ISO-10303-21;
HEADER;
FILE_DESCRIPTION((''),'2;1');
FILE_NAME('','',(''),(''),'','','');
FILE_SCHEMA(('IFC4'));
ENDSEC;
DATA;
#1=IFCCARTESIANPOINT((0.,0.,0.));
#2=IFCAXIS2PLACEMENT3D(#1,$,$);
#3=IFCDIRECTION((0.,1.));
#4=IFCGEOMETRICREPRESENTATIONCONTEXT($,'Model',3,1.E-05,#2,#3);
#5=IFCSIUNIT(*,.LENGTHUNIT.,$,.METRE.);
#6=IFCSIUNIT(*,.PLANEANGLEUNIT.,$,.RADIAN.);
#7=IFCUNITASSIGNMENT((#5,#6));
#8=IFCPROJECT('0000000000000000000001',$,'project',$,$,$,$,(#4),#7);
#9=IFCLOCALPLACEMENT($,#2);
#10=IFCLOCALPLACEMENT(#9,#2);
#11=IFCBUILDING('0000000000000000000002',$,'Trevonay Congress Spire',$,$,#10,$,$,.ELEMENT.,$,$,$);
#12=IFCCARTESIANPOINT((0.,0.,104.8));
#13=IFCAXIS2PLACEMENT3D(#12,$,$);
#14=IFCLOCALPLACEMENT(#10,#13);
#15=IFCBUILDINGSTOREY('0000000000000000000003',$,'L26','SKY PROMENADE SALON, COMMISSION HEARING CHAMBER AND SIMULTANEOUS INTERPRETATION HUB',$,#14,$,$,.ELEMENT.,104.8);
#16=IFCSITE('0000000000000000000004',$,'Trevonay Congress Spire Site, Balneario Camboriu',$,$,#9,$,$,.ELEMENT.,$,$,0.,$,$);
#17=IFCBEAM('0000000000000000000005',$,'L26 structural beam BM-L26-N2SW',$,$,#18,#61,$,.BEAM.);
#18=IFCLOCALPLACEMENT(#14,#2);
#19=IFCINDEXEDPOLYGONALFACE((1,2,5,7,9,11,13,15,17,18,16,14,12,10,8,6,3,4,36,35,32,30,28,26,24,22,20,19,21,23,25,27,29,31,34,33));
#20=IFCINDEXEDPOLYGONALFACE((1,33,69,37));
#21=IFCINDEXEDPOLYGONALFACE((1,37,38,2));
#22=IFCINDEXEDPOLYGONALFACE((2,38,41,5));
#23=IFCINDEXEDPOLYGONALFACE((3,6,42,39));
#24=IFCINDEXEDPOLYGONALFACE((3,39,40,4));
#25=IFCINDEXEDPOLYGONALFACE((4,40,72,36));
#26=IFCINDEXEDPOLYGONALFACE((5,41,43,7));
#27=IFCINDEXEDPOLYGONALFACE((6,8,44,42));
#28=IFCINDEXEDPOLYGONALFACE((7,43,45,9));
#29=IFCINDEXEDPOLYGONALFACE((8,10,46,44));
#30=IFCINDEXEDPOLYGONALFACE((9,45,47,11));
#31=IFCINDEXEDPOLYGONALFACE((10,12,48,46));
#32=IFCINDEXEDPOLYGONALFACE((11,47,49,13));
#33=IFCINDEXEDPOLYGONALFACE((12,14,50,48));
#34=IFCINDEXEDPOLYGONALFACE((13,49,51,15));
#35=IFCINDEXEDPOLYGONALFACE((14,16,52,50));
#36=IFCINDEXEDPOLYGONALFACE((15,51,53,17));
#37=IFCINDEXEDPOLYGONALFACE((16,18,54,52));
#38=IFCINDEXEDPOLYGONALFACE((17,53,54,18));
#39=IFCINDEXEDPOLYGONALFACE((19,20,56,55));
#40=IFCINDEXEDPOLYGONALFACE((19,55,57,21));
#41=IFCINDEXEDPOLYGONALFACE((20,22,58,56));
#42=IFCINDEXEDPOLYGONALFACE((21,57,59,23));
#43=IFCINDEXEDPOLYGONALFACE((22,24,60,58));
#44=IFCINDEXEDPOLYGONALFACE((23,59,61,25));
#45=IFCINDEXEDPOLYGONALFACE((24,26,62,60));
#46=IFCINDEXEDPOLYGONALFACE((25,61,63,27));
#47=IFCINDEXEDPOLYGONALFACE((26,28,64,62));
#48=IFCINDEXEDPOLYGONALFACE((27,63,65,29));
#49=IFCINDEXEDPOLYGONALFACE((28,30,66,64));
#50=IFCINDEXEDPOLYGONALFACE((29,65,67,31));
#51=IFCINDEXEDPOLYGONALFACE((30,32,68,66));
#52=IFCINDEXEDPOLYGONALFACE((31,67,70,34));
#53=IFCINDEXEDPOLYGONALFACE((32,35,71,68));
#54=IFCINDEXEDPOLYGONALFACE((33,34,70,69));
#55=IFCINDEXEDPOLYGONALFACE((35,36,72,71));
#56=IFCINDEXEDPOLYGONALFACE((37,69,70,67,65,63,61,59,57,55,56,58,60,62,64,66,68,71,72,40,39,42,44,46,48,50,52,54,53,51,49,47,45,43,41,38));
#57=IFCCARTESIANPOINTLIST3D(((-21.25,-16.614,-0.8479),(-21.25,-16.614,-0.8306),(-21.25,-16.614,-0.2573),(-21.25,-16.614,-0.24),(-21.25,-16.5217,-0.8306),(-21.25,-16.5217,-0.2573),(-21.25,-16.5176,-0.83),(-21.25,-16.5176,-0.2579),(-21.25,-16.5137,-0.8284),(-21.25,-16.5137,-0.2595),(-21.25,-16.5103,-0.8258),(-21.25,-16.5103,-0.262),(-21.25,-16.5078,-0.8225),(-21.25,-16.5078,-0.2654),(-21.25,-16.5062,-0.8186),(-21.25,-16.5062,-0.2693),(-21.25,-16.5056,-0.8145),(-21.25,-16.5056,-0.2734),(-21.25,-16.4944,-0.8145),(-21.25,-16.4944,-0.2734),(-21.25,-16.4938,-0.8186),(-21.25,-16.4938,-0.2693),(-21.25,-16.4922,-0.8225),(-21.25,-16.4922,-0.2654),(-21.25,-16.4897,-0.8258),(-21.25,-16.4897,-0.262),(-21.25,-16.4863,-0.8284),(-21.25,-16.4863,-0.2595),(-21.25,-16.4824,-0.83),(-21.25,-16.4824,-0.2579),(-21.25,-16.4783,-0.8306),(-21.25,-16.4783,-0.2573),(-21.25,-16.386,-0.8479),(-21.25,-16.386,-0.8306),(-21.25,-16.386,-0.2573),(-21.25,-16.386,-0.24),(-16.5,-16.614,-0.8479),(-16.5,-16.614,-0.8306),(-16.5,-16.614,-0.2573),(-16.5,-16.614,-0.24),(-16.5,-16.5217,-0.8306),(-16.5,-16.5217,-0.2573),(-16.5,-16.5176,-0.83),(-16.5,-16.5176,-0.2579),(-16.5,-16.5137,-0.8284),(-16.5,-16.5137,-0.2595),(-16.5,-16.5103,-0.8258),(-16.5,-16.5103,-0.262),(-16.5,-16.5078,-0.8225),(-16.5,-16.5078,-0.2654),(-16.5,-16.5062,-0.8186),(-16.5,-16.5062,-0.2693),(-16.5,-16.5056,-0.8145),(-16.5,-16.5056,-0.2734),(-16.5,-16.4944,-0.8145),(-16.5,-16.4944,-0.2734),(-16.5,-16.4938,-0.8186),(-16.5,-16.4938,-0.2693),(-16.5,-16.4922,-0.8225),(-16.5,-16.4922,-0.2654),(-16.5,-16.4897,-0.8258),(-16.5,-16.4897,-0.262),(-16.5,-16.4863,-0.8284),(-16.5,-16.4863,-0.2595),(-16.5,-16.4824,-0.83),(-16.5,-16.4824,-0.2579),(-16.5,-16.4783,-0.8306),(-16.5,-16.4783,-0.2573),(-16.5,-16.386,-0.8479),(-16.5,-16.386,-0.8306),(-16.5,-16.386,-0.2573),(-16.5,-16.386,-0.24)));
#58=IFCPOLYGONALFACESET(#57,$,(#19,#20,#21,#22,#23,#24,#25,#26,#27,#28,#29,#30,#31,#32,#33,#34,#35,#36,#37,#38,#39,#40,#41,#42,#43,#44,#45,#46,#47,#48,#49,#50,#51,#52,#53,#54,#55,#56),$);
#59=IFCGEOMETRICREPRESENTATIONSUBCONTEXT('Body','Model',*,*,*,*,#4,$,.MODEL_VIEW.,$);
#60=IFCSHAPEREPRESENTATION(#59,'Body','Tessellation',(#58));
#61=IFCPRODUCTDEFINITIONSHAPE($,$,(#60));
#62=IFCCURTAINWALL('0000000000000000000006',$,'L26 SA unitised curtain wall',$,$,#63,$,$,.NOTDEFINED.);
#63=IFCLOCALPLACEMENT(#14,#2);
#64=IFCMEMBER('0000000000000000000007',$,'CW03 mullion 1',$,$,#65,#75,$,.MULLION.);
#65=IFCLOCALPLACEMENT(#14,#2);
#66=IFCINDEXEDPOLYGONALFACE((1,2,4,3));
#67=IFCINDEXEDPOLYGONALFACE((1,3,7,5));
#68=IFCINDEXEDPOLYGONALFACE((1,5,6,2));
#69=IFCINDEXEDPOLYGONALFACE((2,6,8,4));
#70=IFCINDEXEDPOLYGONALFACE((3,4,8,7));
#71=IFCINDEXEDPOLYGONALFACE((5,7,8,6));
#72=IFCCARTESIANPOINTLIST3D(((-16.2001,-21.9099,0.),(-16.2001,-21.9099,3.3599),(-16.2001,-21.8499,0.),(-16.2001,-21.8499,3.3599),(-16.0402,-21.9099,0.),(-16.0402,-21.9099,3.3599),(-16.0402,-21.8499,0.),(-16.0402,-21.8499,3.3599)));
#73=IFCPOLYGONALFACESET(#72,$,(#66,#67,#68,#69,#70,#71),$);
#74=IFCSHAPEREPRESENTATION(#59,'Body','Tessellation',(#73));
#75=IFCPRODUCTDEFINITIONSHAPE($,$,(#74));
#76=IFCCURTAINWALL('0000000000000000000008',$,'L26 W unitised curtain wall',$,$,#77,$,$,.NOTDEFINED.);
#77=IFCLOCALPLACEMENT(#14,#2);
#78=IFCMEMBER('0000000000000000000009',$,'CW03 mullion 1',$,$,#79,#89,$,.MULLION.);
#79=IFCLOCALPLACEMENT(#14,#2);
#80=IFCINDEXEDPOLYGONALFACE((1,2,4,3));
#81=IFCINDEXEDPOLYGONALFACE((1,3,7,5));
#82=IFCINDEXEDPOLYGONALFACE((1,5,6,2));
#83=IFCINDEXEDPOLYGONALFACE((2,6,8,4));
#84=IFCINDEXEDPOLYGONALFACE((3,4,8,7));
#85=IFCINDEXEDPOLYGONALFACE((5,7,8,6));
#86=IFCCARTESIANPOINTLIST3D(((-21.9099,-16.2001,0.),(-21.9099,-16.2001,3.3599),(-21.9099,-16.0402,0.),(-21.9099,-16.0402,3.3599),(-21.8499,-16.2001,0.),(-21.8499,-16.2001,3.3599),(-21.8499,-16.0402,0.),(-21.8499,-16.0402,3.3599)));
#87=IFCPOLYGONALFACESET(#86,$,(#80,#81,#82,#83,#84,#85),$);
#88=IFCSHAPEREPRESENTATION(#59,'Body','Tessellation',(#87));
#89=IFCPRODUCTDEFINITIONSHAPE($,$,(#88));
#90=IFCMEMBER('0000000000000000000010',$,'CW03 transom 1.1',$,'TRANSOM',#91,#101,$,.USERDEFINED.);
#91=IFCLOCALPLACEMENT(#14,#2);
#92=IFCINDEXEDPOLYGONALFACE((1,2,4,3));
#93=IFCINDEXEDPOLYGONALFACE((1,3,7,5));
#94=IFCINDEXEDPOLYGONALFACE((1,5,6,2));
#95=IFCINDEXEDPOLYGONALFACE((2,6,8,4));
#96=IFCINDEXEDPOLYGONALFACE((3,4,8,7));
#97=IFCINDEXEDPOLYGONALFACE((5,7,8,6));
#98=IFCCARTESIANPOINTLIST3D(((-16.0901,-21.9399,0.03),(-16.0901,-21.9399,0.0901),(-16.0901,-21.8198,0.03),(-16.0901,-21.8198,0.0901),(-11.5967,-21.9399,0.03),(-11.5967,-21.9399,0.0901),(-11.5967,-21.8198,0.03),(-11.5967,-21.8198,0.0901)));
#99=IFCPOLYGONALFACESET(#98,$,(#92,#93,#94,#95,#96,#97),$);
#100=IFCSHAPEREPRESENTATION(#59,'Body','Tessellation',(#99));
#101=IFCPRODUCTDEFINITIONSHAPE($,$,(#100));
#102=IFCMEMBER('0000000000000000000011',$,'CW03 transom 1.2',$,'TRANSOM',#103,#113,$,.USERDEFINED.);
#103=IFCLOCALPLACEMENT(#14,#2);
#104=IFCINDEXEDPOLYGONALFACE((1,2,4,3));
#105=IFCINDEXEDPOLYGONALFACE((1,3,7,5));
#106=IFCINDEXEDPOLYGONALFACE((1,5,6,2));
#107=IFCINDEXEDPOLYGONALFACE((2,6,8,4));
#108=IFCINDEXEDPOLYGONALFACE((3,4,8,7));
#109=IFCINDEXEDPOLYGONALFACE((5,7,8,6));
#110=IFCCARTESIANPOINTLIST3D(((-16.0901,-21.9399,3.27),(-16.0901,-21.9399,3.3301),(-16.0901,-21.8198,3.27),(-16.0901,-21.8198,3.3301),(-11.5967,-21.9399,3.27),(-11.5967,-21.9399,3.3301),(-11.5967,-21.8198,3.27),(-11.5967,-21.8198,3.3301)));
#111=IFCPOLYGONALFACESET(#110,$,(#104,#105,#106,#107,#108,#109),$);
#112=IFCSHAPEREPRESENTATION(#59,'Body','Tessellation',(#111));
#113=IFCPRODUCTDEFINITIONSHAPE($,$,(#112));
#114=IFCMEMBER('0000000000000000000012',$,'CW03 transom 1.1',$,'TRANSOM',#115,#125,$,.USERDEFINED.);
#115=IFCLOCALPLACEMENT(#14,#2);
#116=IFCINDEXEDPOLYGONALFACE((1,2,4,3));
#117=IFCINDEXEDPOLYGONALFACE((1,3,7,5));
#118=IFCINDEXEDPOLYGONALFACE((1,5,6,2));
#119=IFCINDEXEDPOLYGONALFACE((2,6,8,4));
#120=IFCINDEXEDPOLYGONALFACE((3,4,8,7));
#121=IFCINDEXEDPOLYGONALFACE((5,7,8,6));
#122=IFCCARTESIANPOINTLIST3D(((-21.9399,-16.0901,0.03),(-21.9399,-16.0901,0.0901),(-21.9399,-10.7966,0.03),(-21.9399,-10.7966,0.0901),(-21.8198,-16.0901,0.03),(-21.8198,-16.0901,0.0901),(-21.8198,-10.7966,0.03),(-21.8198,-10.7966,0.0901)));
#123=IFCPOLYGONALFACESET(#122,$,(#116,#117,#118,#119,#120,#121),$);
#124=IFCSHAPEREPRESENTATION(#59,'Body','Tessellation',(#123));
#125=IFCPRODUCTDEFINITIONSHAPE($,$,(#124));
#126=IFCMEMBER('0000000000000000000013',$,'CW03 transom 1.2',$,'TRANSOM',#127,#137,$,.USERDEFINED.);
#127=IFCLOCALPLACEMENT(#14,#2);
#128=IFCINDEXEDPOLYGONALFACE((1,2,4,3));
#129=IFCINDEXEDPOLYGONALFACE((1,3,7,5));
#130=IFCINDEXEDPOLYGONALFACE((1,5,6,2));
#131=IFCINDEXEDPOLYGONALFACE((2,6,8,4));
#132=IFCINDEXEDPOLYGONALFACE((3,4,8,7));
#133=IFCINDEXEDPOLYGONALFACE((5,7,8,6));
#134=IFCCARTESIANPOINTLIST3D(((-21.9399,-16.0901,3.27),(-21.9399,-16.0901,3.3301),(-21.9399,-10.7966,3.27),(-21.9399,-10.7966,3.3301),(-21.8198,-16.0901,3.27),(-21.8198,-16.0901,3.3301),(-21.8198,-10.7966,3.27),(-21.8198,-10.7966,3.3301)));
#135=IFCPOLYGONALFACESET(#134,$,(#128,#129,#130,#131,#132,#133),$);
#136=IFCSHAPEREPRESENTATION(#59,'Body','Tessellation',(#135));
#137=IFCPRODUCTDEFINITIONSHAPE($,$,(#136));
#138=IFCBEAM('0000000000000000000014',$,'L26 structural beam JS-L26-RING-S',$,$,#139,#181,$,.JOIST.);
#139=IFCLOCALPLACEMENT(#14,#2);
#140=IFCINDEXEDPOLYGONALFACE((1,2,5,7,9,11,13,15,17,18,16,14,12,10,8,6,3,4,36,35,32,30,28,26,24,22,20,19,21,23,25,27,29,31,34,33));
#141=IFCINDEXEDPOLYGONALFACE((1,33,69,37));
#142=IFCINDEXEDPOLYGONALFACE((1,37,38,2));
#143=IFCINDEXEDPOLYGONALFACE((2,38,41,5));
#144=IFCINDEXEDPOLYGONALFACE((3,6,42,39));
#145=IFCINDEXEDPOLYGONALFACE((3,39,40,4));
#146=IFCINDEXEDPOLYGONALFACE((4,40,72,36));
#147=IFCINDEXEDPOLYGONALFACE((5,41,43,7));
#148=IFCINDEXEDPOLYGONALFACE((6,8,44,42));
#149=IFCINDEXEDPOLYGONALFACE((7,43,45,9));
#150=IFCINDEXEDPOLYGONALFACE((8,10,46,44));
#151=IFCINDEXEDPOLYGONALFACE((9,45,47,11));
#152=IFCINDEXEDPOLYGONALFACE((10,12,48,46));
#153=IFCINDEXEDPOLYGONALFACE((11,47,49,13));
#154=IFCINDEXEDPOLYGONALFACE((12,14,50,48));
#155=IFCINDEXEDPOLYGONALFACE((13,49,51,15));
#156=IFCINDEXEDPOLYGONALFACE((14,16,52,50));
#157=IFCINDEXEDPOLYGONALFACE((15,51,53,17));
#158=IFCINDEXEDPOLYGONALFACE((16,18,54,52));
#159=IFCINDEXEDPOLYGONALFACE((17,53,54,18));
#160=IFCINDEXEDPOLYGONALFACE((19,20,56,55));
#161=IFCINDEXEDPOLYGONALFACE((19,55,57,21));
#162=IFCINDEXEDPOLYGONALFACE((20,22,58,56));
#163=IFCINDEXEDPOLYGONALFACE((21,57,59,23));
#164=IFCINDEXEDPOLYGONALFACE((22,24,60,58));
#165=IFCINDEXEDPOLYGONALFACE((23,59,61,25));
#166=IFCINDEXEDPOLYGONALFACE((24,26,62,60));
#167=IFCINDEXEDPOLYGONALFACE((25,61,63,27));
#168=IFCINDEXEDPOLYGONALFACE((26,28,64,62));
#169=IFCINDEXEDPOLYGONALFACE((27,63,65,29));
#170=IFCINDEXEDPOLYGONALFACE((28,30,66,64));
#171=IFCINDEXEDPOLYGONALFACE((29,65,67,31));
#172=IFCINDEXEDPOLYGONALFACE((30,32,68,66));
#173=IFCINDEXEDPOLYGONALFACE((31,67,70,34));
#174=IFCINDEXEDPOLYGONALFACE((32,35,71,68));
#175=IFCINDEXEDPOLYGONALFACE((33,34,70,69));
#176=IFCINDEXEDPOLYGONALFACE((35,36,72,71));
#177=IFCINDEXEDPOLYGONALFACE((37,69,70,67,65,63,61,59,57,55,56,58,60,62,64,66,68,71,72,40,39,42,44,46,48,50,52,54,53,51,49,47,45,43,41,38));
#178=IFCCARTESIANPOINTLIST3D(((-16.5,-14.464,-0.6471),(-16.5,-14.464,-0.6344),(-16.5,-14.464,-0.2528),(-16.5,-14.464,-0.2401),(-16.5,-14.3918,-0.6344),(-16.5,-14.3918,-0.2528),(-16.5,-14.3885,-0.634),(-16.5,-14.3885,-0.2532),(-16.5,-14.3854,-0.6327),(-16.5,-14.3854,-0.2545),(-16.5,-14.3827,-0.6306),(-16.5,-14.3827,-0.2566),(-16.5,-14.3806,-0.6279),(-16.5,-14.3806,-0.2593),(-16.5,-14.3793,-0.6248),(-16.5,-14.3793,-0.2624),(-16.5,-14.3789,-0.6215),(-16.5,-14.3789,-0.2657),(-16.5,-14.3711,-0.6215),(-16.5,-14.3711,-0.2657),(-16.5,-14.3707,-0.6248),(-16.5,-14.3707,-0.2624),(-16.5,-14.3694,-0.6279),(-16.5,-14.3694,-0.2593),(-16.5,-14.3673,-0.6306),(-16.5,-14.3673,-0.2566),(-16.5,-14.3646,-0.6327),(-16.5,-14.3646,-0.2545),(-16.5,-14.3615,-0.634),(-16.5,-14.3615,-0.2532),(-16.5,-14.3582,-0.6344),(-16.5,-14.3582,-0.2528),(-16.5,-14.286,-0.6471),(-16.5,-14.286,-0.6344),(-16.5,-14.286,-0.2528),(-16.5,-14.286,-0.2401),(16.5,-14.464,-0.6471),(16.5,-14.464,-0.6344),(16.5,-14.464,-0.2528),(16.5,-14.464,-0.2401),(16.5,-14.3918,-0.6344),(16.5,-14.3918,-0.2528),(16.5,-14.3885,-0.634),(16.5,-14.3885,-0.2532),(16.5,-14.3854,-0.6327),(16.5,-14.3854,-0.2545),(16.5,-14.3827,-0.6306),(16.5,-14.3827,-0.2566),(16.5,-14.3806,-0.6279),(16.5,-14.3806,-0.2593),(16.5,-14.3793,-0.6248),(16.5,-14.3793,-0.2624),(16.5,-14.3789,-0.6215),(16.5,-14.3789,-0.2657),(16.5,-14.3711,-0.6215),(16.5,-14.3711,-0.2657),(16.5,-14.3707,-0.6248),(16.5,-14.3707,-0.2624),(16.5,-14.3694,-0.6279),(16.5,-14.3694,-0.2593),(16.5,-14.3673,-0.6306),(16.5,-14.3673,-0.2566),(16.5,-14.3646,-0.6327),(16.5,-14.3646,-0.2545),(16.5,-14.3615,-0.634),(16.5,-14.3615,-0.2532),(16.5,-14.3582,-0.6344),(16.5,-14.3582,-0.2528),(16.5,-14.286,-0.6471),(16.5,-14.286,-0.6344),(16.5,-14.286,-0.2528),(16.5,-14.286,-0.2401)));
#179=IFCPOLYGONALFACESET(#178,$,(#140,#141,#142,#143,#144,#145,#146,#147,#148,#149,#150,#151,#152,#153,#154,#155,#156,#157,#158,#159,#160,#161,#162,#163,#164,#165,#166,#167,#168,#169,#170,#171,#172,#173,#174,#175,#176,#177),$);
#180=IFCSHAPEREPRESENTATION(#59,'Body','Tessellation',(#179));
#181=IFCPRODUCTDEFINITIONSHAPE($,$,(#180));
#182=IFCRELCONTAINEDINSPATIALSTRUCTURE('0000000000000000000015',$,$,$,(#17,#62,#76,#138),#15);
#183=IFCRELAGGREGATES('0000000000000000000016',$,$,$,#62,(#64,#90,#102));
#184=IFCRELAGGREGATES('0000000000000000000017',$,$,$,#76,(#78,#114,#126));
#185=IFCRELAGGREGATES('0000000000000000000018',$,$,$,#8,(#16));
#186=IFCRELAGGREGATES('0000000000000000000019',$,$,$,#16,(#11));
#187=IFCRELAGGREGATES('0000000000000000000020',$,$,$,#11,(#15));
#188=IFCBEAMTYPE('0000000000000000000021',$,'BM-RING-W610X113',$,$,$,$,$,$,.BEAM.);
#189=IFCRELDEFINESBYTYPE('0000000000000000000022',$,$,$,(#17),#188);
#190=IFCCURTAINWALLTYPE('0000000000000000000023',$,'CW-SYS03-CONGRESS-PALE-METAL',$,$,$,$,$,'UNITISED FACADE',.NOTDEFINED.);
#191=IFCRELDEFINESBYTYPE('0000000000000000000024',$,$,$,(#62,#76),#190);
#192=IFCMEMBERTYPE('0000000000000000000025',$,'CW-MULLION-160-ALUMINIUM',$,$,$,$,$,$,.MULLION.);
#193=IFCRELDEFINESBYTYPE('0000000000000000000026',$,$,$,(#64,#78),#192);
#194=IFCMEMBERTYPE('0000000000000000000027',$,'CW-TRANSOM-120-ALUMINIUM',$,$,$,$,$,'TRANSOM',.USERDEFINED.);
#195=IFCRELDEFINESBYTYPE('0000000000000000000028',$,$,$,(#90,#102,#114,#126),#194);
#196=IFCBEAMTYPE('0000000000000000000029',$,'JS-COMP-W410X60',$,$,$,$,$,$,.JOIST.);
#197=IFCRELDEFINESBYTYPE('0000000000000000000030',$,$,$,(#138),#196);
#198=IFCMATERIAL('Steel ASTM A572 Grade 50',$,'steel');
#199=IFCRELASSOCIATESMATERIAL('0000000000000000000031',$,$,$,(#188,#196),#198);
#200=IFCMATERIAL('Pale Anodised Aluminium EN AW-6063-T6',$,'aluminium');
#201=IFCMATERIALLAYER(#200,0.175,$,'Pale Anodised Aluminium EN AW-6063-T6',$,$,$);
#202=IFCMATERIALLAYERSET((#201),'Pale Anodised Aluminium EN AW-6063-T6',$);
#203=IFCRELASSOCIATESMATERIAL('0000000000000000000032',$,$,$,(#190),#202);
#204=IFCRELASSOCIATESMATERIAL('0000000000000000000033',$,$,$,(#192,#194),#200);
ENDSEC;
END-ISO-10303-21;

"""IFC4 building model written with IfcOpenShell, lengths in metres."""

from ifc_helpers import new_model, si_unit, direction, frame, origin, origin_2d, place, context, subcontext, project, spatial, rectangle, i_section, extrude, material, layer, layer_set, material_profile, profile_set, type_object, element, aggregate, save


model = new_model("IFC4")

# Units and contexts
model_context = context("Model", 3, precision=1e-05, world=origin(), true_north=direction((0.0, 1.0)))
body_context = subcontext(model_context, "Body", "Model", "MODEL_VIEW")
ifc_project = project(units=[si_unit("LENGTHUNIT", "METRE"), si_unit("PLANEANGLEUNIT", "RADIAN")], contexts=[model_context])

# Site, building, storey
site_placement = place(None, origin())
site = spatial("IfcSite", under=ifc_project, at=site_placement, Name="Trevonay Congress Spire Site, Balneario Camboriu", CompositionType="ELEMENT", RefElevation=0.0)
building_placement = place(site_placement, origin())
building = spatial("IfcBuilding", under=site, at=building_placement, Name="Trevonay Congress Spire", CompositionType="ELEMENT")
storey_placement = place(building_placement, frame((0.0, 0.0, 104.8)))
storey = spatial("IfcBuildingStorey", under=building, at=storey_placement, Name="L26", Description="SKY PROMENADE SALON, COMMISSION HEARING CHAMBER AND SIMULTANEOUS INTERPRETATION HUB", CompositionType="ELEMENT", Elevation=104.8)

# Shared definitions
ifc_material_1 = material(Name="Steel ASTM A572 Grade 50", Category="steel")

# Beam
ifc_material_profile_1 = material_profile(ifc_material_1, i_section(OverallWidth=0.228, OverallDepth=0.6079, WebThickness=0.0112, FlangeThickness=0.0173, FilletRadius=0.0161, at=origin_2d()), Name="W610x113")
ifc_profile_set_1 = profile_set([ifc_material_profile_1], Name="Steel ASTM A572 Grade 50")
beam_type_1 = type_object("IfcBeamType", Name="BM-RING-W610X113", PredefinedType="BEAM", material=ifc_profile_set_1)
for number, where, z_axis, x_axis, name in (
    (1, (-21.25, -16.5, -0.5439), (1.0, 0.0, 0.0), (0.0, 1.0, 0.0), "L26 structural beam BM-L26-N2SW"),
):
    element("IfcBeam", number, at=place(storey_placement, frame(where, z_axis=z_axis, x_axis=x_axis)), inside=storey, type_object=beam_type_1, Name=name, PredefinedType="BEAM", context=body_context, shape_type="SweptSolid", body=[
        extrude(i_section(OverallWidth=0.228, OverallDepth=0.6079, WebThickness=0.0112, FlangeThickness=0.0173, FilletRadius=0.0161, at=origin_2d()), origin(), (0.0, 0.0, 1.0), 4.75),
    ])

# Curtain walls, members
ifc_material_2 = material(Name="Pale Anodised Aluminium EN AW-6063-T6", Category="aluminium")
ifc_layer_1 = layer(ifc_material_2, 0.175, Name="Pale Anodised Aluminium EN AW-6063-T6")
ifc_layer_set_1 = layer_set([ifc_layer_1], Name="Pale Anodised Aluminium EN AW-6063-T6")
curtain_wall_type = type_object("IfcCurtainWallType", Name="CW-SYS03-CONGRESS-PALE-METAL", ElementType="UNITISED FACADE", PredefinedType="NOTDEFINED", material=ifc_layer_set_1)
curtain_wall_1_placement = place(storey_placement, origin())
curtain_wall_1 = element("IfcCurtainWall", 2, at=curtain_wall_1_placement, inside=storey, type_object=curtain_wall_type, Name="L26 SA unitised curtain wall", PredefinedType="NOTDEFINED")
ifc_material_profile_2 = material_profile(ifc_material_2, rectangle(XDim=0.0601, YDim=0.1599, at=origin_2d()), Name="CW-MULLION-160-ALUMINIUM")
ifc_profile_set_2 = profile_set([ifc_material_profile_2], Name="Pale Anodised Aluminium EN AW-6063-T6")
member_type_1 = type_object("IfcMemberType", Name="CW-MULLION-160-ALUMINIUM", PredefinedType="MULLION", material=ifc_profile_set_2)
member_1_placement = place(storey_placement, frame((-16.1201, -21.8799, 0.0), z_axis=(0.0, 0.0, 1.0), x_axis=(0.0, 1.0, 0.0)))
member_1 = element("IfcMember", 3, at=member_1_placement, type_object=member_type_1, Name="CW03 mullion 1", PredefinedType="MULLION", context=body_context, shape_type="SweptSolid", body=[
    extrude(rectangle(XDim=0.0601, YDim=0.1599, at=origin_2d()), origin(), (0.0, 0.0, 1.0), 3.3599),
])
curtain_wall_2_placement = place(storey_placement, origin())
curtain_wall_2 = element("IfcCurtainWall", 4, at=curtain_wall_2_placement, inside=storey, type_object=curtain_wall_type, Name="L26 W unitised curtain wall", PredefinedType="NOTDEFINED")
member_2_placement = place(storey_placement, frame((-21.8799, -16.1201, 0.0), z_axis=(0.0, 0.0, 1.0), x_axis=(-1.0, 0.0, 0.0)))
member_2 = element("IfcMember", 5, at=member_2_placement, type_object=member_type_1, Name="CW03 mullion 1", PredefinedType="MULLION", context=body_context, shape_type="SweptSolid", body=[
    extrude(rectangle(XDim=0.0601, YDim=0.1599, at=origin_2d()), origin(), (0.0, 0.0, 1.0), 3.3599),
])

# Members
ifc_material_profile_3 = material_profile(ifc_material_2, rectangle(XDim=0.1201, YDim=0.0601, at=origin_2d()), Name="CW-TRANSOM-120-ALUMINIUM")
ifc_profile_set_3 = profile_set([ifc_material_profile_3], Name="Pale Anodised Aluminium EN AW-6063-T6")
member_type_2 = type_object("IfcMemberType", Name="CW-TRANSOM-120-ALUMINIUM", ElementType="TRANSOM", PredefinedType="USERDEFINED", material=ifc_profile_set_3)
member_3_placement = place(storey_placement, frame((-16.0901, -21.8799, 0.0601), z_axis=(1.0, 0.0, 0.0), x_axis=(0.0, 1.0, 0.0)))
member_3 = element("IfcMember", 6, at=member_3_placement, type_object=member_type_2, Name="CW03 transom 1.1", ObjectType="TRANSOM", PredefinedType="USERDEFINED", context=body_context, shape_type="SweptSolid", body=[
    extrude(rectangle(XDim=0.1201, YDim=0.0601, at=origin_2d()), origin(), (0.0, 0.0, 1.0), 4.4934),
])
member_4_placement = place(storey_placement, frame((-16.0901, -21.8799, 3.3), z_axis=(1.0, 0.0, 0.0), x_axis=(0.0, 1.0, 0.0)))
member_4 = element("IfcMember", 7, at=member_4_placement, type_object=member_type_2, Name="CW03 transom 1.2", ObjectType="TRANSOM", PredefinedType="USERDEFINED", context=body_context, shape_type="SweptSolid", body=[
    extrude(rectangle(XDim=0.1201, YDim=0.0601, at=origin_2d()), origin(), (0.0, 0.0, 1.0), 4.4934),
])
member_5_placement = place(storey_placement, frame((-21.8799, -16.0901, 0.0601), z_axis=(0.0, 1.0, 0.0), x_axis=(-1.0, 0.0, 0.0)))
member_5 = element("IfcMember", 8, at=member_5_placement, type_object=member_type_2, Name="CW03 transom 1.1", ObjectType="TRANSOM", PredefinedType="USERDEFINED", context=body_context, shape_type="SweptSolid", body=[
    extrude(rectangle(XDim=0.1201, YDim=0.0601, at=origin_2d()), origin(), (0.0, 0.0, 1.0), 5.2935),
])
member_6_placement = place(storey_placement, frame((-21.8799, -16.0901, 3.3), z_axis=(0.0, 1.0, 0.0), x_axis=(-1.0, 0.0, 0.0)))
member_6 = element("IfcMember", 9, at=member_6_placement, type_object=member_type_2, Name="CW03 transom 1.2", ObjectType="TRANSOM", PredefinedType="USERDEFINED", context=body_context, shape_type="SweptSolid", body=[
    extrude(rectangle(XDim=0.1201, YDim=0.0601, at=origin_2d()), origin(), (0.0, 0.0, 1.0), 5.2935),
])

# Beam
ifc_material_profile_4 = material_profile(ifc_material_1, i_section(OverallWidth=0.178, OverallDepth=0.407, WebThickness=0.0078, FlangeThickness=0.0127, FilletRadius=0.0129, at=origin_2d()), Name="W410x60")
ifc_profile_set_4 = profile_set([ifc_material_profile_4], Name="Steel ASTM A572 Grade 50")
beam_type_2 = type_object("IfcBeamType", Name="JS-COMP-W410X60", PredefinedType="JOIST", material=ifc_profile_set_4)
for number, where, z_axis, x_axis, name in (
    (10, (-16.5, -14.375, -0.4436), (1.0, 0.0, 0.0), (0.0, 1.0, 0.0), "L26 structural beam JS-L26-RING-S"),
):
    element("IfcBeam", number, at=place(storey_placement, frame(where, z_axis=z_axis, x_axis=x_axis)), inside=storey, type_object=beam_type_2, Name=name, PredefinedType="JOIST", context=body_context, shape_type="SweptSolid", body=[
        extrude(i_section(OverallWidth=0.178, OverallDepth=0.407, WebThickness=0.0078, FlangeThickness=0.0127, FilletRadius=0.0129, at=origin_2d()), origin(), (0.0, 0.0, 1.0), 33.0),
    ])

aggregate(curtain_wall_1, [member_1, member_3, member_4])
aggregate(curtain_wall_2, [member_2, member_5, member_6])

save(model, "model.ifc")
